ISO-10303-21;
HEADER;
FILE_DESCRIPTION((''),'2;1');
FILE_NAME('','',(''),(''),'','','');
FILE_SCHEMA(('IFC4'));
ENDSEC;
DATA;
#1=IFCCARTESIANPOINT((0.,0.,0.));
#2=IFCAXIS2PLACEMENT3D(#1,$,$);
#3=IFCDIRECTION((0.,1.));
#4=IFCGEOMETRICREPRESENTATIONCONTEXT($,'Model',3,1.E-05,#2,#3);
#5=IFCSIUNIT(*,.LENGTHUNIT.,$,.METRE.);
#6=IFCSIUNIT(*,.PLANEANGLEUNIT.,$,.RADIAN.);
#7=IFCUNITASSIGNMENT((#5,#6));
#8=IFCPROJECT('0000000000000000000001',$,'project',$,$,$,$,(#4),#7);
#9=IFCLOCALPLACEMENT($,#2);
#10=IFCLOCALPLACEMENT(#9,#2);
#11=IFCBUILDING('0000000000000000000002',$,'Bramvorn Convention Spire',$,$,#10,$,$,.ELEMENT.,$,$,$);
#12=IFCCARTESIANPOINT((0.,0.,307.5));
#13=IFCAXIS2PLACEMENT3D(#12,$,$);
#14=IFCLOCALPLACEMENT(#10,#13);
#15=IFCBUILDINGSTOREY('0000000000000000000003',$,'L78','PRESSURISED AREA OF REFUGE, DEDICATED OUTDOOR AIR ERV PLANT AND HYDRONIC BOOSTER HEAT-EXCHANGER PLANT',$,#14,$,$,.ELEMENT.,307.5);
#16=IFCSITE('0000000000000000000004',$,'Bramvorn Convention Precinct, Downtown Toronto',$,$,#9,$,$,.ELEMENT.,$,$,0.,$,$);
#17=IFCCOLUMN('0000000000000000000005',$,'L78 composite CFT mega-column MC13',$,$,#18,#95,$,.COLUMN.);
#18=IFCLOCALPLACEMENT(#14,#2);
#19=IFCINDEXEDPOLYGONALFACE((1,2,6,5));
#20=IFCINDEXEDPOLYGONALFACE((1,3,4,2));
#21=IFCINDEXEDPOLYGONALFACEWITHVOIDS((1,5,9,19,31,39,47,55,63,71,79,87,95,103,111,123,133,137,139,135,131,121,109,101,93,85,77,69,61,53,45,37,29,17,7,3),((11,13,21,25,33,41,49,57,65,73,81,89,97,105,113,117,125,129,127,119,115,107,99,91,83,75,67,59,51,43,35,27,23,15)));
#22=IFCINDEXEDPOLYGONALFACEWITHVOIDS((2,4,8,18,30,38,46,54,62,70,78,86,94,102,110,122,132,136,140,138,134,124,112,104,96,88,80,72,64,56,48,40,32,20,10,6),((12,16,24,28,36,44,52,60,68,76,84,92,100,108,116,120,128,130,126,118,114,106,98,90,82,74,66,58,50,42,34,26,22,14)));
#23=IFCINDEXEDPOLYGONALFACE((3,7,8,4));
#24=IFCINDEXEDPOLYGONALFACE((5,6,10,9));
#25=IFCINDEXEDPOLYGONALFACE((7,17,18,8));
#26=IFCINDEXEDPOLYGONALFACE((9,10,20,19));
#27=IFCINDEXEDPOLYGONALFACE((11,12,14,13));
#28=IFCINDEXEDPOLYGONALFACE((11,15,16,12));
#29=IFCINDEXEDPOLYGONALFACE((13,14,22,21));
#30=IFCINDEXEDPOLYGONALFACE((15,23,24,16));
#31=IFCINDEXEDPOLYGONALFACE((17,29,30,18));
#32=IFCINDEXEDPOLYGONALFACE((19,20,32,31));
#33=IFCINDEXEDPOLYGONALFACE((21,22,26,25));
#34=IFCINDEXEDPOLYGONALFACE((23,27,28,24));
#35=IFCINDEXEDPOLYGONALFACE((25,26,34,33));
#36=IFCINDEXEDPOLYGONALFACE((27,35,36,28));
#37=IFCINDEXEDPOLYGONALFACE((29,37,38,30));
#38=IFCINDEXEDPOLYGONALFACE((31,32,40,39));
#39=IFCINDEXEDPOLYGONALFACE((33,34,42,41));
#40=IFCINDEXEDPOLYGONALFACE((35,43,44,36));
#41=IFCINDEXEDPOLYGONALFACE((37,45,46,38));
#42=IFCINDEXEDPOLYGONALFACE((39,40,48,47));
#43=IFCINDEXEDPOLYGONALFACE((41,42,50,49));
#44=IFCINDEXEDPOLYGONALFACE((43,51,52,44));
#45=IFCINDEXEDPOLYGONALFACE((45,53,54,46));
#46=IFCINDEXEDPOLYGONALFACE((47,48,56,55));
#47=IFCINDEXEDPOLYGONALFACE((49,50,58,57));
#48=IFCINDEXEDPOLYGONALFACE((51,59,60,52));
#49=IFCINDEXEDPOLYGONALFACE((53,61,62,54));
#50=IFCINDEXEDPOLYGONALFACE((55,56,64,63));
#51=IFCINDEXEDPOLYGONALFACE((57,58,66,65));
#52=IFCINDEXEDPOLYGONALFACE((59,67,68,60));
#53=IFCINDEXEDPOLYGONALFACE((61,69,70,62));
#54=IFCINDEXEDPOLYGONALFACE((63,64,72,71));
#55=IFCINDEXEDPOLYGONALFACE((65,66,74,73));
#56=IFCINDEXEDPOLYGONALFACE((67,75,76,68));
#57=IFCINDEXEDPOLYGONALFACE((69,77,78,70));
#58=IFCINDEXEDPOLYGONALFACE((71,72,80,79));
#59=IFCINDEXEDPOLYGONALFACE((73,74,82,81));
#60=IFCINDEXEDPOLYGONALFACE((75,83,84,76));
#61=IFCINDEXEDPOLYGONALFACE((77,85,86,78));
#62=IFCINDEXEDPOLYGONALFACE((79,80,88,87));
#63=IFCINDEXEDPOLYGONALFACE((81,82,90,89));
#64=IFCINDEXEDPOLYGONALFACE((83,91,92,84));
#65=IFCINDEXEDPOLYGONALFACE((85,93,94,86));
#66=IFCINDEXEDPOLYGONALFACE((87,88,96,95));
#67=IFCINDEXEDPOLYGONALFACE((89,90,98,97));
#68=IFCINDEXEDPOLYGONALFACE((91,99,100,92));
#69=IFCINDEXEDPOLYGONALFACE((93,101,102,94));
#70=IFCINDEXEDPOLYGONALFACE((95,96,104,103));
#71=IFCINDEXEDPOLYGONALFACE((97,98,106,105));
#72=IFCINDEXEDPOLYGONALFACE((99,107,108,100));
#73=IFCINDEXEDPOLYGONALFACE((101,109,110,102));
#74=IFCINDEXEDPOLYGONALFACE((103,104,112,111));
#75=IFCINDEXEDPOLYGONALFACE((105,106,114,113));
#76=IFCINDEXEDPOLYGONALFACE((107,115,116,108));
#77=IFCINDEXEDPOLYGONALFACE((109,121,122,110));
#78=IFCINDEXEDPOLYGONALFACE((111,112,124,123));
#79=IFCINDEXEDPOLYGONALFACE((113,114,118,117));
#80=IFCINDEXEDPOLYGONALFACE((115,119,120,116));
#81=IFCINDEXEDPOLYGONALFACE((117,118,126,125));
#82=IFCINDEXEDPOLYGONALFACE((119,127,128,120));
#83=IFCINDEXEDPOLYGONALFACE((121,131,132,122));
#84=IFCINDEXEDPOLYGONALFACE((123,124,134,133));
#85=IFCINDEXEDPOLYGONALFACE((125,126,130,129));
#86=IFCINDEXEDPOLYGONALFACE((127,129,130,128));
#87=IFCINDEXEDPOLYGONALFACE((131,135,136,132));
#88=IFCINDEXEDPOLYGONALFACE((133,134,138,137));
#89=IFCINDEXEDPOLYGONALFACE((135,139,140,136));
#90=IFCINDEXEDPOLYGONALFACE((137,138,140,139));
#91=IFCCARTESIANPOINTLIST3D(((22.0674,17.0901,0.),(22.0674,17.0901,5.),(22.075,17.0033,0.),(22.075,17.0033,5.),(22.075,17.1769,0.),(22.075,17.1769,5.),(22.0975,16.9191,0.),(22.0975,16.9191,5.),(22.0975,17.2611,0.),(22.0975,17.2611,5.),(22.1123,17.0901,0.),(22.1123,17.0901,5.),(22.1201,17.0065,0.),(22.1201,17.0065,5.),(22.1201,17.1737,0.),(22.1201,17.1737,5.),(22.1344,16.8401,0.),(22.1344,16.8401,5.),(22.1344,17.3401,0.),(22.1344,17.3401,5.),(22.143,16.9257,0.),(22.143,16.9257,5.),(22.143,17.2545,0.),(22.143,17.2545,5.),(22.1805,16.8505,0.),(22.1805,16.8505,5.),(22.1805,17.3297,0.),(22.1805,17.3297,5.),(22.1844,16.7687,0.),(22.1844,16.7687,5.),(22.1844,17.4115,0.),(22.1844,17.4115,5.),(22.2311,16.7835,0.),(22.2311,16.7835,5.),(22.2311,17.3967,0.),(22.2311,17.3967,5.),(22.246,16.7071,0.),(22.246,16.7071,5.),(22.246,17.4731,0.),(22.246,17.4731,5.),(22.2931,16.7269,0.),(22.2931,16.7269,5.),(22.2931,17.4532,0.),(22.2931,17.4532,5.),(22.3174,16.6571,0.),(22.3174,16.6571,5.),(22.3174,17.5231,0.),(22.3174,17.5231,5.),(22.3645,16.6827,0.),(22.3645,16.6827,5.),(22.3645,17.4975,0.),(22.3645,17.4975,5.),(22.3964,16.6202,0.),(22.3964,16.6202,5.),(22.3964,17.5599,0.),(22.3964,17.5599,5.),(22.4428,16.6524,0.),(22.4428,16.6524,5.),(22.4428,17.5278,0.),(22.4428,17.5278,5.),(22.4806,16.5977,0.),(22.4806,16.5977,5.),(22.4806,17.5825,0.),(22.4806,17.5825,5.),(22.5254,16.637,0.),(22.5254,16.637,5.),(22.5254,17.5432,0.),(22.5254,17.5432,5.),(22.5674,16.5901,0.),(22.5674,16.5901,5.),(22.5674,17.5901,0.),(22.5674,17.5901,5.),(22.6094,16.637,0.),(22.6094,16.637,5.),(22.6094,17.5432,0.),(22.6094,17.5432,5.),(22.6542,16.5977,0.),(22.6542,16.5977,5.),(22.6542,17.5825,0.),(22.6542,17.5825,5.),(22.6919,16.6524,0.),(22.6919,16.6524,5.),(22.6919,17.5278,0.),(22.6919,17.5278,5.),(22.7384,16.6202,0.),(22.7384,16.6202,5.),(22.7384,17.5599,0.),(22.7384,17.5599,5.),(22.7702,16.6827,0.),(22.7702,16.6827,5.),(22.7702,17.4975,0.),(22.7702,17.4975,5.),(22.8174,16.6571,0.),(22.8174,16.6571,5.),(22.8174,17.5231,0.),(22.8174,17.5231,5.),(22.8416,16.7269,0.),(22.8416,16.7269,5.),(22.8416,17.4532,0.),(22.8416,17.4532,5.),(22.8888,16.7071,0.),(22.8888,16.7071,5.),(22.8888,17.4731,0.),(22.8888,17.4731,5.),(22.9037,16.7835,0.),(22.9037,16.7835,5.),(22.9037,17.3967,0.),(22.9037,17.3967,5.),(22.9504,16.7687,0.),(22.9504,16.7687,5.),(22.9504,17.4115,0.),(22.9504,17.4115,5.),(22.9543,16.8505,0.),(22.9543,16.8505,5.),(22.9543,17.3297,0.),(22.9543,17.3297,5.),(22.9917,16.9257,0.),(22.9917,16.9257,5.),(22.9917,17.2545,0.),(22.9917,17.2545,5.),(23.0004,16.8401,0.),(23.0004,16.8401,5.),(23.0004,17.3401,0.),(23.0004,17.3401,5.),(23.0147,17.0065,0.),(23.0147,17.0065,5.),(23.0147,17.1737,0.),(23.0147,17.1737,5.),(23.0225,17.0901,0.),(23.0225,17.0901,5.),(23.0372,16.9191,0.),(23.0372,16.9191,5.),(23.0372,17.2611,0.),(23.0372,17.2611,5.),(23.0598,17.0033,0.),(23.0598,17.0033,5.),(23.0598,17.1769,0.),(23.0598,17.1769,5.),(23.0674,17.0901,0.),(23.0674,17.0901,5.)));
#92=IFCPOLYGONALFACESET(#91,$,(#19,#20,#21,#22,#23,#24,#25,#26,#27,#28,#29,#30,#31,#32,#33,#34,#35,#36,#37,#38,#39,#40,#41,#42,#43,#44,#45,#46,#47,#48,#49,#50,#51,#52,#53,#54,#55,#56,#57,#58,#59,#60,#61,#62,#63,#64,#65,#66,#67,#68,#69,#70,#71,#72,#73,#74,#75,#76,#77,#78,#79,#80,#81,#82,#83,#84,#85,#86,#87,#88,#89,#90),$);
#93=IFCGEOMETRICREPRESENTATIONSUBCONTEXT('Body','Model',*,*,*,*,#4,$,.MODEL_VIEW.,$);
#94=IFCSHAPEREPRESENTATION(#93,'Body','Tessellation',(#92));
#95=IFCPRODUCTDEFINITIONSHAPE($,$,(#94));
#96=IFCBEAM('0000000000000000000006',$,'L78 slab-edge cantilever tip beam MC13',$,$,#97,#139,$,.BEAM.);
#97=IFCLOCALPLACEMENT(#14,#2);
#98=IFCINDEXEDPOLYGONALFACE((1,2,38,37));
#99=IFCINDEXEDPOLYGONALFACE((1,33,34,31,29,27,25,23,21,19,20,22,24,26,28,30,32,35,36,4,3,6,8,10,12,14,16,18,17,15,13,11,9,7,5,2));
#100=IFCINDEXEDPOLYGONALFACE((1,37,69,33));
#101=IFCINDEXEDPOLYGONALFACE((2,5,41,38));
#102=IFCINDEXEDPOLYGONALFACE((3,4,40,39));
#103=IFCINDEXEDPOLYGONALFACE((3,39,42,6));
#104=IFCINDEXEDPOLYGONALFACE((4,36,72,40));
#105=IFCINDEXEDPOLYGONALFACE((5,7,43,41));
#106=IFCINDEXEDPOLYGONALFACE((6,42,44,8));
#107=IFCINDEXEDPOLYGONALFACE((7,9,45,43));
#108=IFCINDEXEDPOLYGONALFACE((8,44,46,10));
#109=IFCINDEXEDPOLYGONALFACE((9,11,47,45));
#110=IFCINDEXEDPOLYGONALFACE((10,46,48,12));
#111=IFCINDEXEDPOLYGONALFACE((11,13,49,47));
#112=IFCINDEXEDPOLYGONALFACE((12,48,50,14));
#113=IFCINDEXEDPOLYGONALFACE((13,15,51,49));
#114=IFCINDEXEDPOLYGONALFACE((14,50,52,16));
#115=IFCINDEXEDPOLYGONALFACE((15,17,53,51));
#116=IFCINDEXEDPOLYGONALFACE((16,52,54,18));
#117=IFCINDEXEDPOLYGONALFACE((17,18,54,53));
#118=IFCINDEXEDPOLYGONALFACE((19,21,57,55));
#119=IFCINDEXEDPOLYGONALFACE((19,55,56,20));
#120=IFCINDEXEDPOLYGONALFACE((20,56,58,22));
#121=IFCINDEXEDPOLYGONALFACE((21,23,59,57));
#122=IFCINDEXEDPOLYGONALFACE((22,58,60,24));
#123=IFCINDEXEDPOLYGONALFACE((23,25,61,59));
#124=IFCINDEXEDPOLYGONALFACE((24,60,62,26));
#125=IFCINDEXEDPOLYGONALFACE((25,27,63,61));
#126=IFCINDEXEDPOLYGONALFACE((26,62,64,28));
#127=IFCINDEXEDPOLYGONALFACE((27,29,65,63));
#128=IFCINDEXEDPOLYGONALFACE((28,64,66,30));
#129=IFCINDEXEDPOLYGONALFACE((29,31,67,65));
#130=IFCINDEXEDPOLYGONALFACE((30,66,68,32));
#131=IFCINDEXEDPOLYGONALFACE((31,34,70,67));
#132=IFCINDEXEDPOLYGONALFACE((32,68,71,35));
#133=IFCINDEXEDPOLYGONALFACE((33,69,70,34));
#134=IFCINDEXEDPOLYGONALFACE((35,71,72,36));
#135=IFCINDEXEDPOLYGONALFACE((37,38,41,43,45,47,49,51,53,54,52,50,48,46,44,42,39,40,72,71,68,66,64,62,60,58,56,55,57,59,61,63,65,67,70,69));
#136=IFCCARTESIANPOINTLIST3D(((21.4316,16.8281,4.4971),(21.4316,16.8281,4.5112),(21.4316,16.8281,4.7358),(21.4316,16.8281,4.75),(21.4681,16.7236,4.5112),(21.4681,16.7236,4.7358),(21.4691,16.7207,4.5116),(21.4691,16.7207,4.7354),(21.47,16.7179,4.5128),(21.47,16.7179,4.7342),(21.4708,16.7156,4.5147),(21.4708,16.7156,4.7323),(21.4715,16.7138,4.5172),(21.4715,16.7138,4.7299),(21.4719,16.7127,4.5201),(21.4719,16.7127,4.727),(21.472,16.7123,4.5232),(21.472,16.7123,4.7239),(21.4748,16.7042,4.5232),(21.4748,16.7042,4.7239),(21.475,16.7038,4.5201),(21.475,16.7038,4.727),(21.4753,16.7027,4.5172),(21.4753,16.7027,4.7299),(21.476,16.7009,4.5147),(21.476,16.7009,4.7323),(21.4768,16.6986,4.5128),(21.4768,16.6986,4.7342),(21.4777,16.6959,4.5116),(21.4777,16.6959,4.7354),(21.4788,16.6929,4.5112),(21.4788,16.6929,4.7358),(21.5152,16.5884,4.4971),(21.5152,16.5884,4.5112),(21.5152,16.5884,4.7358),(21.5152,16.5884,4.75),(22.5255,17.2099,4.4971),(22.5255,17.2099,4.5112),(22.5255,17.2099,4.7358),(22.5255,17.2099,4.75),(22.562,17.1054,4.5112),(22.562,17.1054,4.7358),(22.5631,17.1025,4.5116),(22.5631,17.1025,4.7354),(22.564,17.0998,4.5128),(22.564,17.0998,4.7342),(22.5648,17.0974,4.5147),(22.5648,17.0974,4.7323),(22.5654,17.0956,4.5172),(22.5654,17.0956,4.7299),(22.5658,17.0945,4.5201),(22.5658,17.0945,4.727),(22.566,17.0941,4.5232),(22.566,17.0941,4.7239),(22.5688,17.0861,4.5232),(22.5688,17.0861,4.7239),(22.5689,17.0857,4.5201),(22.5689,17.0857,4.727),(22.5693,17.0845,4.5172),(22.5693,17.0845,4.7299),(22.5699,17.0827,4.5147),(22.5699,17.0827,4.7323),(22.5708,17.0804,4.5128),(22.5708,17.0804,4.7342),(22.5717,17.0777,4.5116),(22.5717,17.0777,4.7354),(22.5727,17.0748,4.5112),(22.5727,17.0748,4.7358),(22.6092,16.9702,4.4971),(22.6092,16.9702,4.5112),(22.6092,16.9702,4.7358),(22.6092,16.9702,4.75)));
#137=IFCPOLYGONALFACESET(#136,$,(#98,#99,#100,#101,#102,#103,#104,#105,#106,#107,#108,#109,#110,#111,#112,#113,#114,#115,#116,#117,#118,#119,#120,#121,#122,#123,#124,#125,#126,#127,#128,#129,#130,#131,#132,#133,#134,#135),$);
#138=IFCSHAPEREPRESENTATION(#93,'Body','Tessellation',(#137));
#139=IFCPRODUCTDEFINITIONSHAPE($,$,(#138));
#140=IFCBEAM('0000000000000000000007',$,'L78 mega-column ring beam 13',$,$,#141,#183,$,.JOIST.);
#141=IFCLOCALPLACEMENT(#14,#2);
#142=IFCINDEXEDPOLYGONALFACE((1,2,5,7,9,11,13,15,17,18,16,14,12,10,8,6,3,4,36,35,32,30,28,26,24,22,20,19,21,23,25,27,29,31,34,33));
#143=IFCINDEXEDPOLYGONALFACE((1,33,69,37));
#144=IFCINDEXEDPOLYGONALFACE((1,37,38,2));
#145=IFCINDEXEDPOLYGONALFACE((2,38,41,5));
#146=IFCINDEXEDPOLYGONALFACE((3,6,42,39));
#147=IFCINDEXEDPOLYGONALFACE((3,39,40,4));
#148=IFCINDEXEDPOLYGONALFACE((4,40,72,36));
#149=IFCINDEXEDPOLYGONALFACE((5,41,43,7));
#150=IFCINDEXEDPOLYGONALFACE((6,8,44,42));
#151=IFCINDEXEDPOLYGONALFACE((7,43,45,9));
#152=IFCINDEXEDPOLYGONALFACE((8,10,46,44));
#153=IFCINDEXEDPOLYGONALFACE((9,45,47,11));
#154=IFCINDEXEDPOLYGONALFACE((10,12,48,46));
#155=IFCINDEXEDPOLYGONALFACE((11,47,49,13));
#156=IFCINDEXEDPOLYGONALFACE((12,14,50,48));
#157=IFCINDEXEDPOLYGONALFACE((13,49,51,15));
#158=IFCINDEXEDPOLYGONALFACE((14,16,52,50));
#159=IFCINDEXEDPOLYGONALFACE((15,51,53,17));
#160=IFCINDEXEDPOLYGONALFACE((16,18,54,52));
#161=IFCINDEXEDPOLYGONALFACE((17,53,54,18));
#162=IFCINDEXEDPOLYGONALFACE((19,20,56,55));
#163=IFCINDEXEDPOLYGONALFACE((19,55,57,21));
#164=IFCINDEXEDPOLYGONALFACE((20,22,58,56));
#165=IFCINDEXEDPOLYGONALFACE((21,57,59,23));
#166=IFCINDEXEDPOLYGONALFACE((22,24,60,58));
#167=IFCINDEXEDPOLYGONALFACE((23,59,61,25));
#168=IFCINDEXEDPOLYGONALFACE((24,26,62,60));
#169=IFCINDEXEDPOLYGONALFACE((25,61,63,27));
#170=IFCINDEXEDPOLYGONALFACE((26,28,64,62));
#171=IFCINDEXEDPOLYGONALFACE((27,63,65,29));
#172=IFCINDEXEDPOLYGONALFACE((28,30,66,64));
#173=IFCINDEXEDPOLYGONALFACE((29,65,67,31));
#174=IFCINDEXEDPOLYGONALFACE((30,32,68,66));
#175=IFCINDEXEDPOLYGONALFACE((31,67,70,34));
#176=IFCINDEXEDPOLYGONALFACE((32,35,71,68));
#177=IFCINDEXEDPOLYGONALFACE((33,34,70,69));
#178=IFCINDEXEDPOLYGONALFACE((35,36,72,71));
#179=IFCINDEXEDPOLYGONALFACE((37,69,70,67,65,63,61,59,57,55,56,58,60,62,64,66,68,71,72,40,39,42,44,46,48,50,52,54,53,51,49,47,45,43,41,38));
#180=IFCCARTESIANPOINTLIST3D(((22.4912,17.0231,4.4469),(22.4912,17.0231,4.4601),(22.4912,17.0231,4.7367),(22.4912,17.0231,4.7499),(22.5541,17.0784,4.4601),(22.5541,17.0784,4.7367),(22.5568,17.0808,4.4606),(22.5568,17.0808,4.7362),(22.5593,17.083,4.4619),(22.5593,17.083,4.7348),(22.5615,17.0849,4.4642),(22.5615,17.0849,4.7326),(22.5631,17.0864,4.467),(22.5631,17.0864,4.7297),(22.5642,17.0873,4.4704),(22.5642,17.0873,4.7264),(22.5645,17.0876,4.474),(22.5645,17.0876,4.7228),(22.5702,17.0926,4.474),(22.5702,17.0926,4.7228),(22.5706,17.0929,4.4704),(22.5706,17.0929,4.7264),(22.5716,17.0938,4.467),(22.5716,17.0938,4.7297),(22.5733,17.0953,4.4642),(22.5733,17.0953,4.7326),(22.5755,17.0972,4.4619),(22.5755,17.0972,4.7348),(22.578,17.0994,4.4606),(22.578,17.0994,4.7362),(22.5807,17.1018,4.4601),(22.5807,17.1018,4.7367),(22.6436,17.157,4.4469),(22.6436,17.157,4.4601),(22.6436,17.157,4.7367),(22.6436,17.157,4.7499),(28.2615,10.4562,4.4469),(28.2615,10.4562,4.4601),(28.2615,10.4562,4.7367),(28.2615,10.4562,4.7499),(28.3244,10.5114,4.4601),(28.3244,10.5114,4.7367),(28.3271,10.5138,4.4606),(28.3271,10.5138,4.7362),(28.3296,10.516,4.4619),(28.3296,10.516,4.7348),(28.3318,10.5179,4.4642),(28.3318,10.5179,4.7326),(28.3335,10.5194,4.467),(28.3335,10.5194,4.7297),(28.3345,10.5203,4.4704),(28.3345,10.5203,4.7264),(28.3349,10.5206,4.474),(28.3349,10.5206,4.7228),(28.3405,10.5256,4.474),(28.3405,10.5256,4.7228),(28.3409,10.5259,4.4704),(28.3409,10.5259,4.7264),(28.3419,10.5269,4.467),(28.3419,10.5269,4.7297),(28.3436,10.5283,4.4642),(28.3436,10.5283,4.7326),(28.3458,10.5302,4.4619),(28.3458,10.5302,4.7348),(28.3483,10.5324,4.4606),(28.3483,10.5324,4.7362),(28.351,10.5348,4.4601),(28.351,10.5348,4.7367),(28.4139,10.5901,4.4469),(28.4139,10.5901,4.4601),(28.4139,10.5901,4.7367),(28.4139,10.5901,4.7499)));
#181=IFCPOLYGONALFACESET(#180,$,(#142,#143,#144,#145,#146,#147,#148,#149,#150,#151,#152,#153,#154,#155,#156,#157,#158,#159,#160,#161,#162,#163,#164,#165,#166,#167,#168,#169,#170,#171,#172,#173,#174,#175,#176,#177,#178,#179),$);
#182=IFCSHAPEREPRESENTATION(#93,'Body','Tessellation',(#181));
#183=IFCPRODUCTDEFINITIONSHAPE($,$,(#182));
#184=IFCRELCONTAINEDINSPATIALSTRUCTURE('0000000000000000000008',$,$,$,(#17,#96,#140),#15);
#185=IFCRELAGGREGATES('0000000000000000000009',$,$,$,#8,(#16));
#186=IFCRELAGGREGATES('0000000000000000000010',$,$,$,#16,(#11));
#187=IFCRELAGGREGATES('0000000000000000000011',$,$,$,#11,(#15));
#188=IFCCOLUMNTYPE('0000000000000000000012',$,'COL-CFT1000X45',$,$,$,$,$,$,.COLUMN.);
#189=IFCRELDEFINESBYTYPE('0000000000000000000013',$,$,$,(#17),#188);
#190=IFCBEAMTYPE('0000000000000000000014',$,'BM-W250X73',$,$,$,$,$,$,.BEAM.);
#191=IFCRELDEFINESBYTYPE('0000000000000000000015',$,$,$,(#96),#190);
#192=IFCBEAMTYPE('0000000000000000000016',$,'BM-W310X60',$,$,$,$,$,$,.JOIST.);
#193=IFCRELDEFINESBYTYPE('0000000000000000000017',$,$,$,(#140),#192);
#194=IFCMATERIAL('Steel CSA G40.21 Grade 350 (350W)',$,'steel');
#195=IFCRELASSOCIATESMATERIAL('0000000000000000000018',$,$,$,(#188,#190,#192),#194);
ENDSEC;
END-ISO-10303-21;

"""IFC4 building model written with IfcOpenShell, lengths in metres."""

from ifc_helpers import new_model, si_unit, direction, frame, origin, origin_2d, place, context, subcontext, project, spatial, hollow_circle, i_section, extrude, material, material_profile, profile_set, type_object, element, save


model = new_model("IFC4")

# Units and contexts
model_context = context("Model", 3, precision=1e-05, world=origin(), true_north=direction((0.0, 1.0)))
body_context = subcontext(model_context, "Body", "Model", "MODEL_VIEW")
ifc_project = project(units=[si_unit("LENGTHUNIT", "METRE"), si_unit("PLANEANGLEUNIT", "RADIAN")], contexts=[model_context])

# Site, building, storey
site_placement = place(None, origin())
site = spatial("IfcSite", under=ifc_project, at=site_placement, Name="Bramvorn Convention Precinct, Downtown Toronto", CompositionType="ELEMENT", RefElevation=0.0)
building_placement = place(site_placement, origin())
building = spatial("IfcBuilding", under=site, at=building_placement, Name="Bramvorn Convention Spire", CompositionType="ELEMENT")
storey_placement = place(building_placement, frame((0.0, 0.0, 307.5)))
storey = spatial("IfcBuildingStorey", under=building, at=storey_placement, Name="L78", Description="PRESSURISED AREA OF REFUGE, DEDICATED OUTDOOR AIR ERV PLANT AND HYDRONIC BOOSTER HEAT-EXCHANGER PLANT", CompositionType="ELEMENT", Elevation=307.5)

# Column
ifc_material_1 = material(Name="Steel CSA G40.21 Grade 350 (350W)", Category="steel")
ifc_material_profile_1 = material_profile(ifc_material_1, hollow_circle(Radius=0.5, WallThickness=0.0449, at=origin_2d()))
ifc_profile_set_1 = profile_set([ifc_material_profile_1], Name="Steel CSA G40.21 Grade 350 (350W) - CFT1000X45")
column_type = type_object("IfcColumnType", Name="COL-CFT1000X45", PredefinedType="COLUMN", material=ifc_profile_set_1)
column_placement = place(storey_placement, frame((22.5674, 17.0901, 0.0), z_axis=(0.0, 0.0, 1.0), x_axis=(1.0, 0.0, 0.0)))
element("IfcColumn", 1, at=column_placement, inside=storey, type_object=column_type, Name="L78 composite CFT mega-column MC13", PredefinedType="COLUMN", context=body_context, shape_type="SweptSolid", body=[
    extrude(hollow_circle(Radius=0.5, WallThickness=0.0449, at=origin_2d()), origin(), (0.0, 0.0, 1.0), 5.0),
])

# Beams
ifc_material_profile_2 = material_profile(ifc_material_1, i_section(OverallWidth=0.2539, OverallDepth=0.2529, WebThickness=0.0085, FlangeThickness=0.0142, FilletRadius=0.012, at=origin_2d()))
ifc_profile_set_2 = profile_set([ifc_material_profile_2], Name="Steel CSA G40.21 Grade 350 (350W) - W250X73")
beam_type_1 = type_object("IfcBeamType", Name="BM-W250X73", PredefinedType="BEAM", material=ifc_profile_set_2)
beam_1_placement = place(storey_placement, frame((22.5674, 17.0901, 4.6235), z_axis=(-0.944144, -0.329534, 0.0), x_axis=(0.329534, -0.944144, 0.0)))
element("IfcBeam", 2, at=beam_1_placement, inside=storey, type_object=beam_type_1, Name="L78 slab-edge cantilever tip beam MC13", PredefinedType="BEAM", context=body_context, shape_type="SweptSolid", body=[
    extrude(i_section(OverallWidth=0.2539, OverallDepth=0.2529, WebThickness=0.0085, FlangeThickness=0.0142, FilletRadius=0.012, at=origin_2d()), origin(), (0.0, 0.0, 1.0), 1.1587),
])
ifc_material_profile_3 = material_profile(ifc_material_1, i_section(OverallWidth=0.2029, OverallDepth=0.303, WebThickness=0.0076, FlangeThickness=0.0132, FilletRadius=0.0139, at=origin_2d()))
ifc_profile_set_3 = profile_set([ifc_material_profile_3], Name="Steel CSA G40.21 Grade 350 (350W) - W310X60")
beam_type_2 = type_object("IfcBeamType", Name="BM-W310X60", PredefinedType="JOIST", material=ifc_profile_set_3)
beam_2_placement = place(storey_placement, frame((22.5674, 17.0901, 4.5984), z_axis=(0.660073, -0.751201, 0.0), x_axis=(0.751201, 0.660073, 0.0)))
element("IfcBeam", 3, at=beam_2_placement, inside=storey, type_object=beam_type_2, Name="L78 mega-column ring beam 13", PredefinedType="JOIST", context=body_context, shape_type="SweptSolid", body=[
    extrude(i_section(OverallWidth=0.2029, OverallDepth=0.303, WebThickness=0.0076, FlangeThickness=0.0132, FilletRadius=0.0139, at=origin_2d()), origin(), (0.0, 0.0, 1.0), 8.7419),
])

save(model, "model.ifc")
